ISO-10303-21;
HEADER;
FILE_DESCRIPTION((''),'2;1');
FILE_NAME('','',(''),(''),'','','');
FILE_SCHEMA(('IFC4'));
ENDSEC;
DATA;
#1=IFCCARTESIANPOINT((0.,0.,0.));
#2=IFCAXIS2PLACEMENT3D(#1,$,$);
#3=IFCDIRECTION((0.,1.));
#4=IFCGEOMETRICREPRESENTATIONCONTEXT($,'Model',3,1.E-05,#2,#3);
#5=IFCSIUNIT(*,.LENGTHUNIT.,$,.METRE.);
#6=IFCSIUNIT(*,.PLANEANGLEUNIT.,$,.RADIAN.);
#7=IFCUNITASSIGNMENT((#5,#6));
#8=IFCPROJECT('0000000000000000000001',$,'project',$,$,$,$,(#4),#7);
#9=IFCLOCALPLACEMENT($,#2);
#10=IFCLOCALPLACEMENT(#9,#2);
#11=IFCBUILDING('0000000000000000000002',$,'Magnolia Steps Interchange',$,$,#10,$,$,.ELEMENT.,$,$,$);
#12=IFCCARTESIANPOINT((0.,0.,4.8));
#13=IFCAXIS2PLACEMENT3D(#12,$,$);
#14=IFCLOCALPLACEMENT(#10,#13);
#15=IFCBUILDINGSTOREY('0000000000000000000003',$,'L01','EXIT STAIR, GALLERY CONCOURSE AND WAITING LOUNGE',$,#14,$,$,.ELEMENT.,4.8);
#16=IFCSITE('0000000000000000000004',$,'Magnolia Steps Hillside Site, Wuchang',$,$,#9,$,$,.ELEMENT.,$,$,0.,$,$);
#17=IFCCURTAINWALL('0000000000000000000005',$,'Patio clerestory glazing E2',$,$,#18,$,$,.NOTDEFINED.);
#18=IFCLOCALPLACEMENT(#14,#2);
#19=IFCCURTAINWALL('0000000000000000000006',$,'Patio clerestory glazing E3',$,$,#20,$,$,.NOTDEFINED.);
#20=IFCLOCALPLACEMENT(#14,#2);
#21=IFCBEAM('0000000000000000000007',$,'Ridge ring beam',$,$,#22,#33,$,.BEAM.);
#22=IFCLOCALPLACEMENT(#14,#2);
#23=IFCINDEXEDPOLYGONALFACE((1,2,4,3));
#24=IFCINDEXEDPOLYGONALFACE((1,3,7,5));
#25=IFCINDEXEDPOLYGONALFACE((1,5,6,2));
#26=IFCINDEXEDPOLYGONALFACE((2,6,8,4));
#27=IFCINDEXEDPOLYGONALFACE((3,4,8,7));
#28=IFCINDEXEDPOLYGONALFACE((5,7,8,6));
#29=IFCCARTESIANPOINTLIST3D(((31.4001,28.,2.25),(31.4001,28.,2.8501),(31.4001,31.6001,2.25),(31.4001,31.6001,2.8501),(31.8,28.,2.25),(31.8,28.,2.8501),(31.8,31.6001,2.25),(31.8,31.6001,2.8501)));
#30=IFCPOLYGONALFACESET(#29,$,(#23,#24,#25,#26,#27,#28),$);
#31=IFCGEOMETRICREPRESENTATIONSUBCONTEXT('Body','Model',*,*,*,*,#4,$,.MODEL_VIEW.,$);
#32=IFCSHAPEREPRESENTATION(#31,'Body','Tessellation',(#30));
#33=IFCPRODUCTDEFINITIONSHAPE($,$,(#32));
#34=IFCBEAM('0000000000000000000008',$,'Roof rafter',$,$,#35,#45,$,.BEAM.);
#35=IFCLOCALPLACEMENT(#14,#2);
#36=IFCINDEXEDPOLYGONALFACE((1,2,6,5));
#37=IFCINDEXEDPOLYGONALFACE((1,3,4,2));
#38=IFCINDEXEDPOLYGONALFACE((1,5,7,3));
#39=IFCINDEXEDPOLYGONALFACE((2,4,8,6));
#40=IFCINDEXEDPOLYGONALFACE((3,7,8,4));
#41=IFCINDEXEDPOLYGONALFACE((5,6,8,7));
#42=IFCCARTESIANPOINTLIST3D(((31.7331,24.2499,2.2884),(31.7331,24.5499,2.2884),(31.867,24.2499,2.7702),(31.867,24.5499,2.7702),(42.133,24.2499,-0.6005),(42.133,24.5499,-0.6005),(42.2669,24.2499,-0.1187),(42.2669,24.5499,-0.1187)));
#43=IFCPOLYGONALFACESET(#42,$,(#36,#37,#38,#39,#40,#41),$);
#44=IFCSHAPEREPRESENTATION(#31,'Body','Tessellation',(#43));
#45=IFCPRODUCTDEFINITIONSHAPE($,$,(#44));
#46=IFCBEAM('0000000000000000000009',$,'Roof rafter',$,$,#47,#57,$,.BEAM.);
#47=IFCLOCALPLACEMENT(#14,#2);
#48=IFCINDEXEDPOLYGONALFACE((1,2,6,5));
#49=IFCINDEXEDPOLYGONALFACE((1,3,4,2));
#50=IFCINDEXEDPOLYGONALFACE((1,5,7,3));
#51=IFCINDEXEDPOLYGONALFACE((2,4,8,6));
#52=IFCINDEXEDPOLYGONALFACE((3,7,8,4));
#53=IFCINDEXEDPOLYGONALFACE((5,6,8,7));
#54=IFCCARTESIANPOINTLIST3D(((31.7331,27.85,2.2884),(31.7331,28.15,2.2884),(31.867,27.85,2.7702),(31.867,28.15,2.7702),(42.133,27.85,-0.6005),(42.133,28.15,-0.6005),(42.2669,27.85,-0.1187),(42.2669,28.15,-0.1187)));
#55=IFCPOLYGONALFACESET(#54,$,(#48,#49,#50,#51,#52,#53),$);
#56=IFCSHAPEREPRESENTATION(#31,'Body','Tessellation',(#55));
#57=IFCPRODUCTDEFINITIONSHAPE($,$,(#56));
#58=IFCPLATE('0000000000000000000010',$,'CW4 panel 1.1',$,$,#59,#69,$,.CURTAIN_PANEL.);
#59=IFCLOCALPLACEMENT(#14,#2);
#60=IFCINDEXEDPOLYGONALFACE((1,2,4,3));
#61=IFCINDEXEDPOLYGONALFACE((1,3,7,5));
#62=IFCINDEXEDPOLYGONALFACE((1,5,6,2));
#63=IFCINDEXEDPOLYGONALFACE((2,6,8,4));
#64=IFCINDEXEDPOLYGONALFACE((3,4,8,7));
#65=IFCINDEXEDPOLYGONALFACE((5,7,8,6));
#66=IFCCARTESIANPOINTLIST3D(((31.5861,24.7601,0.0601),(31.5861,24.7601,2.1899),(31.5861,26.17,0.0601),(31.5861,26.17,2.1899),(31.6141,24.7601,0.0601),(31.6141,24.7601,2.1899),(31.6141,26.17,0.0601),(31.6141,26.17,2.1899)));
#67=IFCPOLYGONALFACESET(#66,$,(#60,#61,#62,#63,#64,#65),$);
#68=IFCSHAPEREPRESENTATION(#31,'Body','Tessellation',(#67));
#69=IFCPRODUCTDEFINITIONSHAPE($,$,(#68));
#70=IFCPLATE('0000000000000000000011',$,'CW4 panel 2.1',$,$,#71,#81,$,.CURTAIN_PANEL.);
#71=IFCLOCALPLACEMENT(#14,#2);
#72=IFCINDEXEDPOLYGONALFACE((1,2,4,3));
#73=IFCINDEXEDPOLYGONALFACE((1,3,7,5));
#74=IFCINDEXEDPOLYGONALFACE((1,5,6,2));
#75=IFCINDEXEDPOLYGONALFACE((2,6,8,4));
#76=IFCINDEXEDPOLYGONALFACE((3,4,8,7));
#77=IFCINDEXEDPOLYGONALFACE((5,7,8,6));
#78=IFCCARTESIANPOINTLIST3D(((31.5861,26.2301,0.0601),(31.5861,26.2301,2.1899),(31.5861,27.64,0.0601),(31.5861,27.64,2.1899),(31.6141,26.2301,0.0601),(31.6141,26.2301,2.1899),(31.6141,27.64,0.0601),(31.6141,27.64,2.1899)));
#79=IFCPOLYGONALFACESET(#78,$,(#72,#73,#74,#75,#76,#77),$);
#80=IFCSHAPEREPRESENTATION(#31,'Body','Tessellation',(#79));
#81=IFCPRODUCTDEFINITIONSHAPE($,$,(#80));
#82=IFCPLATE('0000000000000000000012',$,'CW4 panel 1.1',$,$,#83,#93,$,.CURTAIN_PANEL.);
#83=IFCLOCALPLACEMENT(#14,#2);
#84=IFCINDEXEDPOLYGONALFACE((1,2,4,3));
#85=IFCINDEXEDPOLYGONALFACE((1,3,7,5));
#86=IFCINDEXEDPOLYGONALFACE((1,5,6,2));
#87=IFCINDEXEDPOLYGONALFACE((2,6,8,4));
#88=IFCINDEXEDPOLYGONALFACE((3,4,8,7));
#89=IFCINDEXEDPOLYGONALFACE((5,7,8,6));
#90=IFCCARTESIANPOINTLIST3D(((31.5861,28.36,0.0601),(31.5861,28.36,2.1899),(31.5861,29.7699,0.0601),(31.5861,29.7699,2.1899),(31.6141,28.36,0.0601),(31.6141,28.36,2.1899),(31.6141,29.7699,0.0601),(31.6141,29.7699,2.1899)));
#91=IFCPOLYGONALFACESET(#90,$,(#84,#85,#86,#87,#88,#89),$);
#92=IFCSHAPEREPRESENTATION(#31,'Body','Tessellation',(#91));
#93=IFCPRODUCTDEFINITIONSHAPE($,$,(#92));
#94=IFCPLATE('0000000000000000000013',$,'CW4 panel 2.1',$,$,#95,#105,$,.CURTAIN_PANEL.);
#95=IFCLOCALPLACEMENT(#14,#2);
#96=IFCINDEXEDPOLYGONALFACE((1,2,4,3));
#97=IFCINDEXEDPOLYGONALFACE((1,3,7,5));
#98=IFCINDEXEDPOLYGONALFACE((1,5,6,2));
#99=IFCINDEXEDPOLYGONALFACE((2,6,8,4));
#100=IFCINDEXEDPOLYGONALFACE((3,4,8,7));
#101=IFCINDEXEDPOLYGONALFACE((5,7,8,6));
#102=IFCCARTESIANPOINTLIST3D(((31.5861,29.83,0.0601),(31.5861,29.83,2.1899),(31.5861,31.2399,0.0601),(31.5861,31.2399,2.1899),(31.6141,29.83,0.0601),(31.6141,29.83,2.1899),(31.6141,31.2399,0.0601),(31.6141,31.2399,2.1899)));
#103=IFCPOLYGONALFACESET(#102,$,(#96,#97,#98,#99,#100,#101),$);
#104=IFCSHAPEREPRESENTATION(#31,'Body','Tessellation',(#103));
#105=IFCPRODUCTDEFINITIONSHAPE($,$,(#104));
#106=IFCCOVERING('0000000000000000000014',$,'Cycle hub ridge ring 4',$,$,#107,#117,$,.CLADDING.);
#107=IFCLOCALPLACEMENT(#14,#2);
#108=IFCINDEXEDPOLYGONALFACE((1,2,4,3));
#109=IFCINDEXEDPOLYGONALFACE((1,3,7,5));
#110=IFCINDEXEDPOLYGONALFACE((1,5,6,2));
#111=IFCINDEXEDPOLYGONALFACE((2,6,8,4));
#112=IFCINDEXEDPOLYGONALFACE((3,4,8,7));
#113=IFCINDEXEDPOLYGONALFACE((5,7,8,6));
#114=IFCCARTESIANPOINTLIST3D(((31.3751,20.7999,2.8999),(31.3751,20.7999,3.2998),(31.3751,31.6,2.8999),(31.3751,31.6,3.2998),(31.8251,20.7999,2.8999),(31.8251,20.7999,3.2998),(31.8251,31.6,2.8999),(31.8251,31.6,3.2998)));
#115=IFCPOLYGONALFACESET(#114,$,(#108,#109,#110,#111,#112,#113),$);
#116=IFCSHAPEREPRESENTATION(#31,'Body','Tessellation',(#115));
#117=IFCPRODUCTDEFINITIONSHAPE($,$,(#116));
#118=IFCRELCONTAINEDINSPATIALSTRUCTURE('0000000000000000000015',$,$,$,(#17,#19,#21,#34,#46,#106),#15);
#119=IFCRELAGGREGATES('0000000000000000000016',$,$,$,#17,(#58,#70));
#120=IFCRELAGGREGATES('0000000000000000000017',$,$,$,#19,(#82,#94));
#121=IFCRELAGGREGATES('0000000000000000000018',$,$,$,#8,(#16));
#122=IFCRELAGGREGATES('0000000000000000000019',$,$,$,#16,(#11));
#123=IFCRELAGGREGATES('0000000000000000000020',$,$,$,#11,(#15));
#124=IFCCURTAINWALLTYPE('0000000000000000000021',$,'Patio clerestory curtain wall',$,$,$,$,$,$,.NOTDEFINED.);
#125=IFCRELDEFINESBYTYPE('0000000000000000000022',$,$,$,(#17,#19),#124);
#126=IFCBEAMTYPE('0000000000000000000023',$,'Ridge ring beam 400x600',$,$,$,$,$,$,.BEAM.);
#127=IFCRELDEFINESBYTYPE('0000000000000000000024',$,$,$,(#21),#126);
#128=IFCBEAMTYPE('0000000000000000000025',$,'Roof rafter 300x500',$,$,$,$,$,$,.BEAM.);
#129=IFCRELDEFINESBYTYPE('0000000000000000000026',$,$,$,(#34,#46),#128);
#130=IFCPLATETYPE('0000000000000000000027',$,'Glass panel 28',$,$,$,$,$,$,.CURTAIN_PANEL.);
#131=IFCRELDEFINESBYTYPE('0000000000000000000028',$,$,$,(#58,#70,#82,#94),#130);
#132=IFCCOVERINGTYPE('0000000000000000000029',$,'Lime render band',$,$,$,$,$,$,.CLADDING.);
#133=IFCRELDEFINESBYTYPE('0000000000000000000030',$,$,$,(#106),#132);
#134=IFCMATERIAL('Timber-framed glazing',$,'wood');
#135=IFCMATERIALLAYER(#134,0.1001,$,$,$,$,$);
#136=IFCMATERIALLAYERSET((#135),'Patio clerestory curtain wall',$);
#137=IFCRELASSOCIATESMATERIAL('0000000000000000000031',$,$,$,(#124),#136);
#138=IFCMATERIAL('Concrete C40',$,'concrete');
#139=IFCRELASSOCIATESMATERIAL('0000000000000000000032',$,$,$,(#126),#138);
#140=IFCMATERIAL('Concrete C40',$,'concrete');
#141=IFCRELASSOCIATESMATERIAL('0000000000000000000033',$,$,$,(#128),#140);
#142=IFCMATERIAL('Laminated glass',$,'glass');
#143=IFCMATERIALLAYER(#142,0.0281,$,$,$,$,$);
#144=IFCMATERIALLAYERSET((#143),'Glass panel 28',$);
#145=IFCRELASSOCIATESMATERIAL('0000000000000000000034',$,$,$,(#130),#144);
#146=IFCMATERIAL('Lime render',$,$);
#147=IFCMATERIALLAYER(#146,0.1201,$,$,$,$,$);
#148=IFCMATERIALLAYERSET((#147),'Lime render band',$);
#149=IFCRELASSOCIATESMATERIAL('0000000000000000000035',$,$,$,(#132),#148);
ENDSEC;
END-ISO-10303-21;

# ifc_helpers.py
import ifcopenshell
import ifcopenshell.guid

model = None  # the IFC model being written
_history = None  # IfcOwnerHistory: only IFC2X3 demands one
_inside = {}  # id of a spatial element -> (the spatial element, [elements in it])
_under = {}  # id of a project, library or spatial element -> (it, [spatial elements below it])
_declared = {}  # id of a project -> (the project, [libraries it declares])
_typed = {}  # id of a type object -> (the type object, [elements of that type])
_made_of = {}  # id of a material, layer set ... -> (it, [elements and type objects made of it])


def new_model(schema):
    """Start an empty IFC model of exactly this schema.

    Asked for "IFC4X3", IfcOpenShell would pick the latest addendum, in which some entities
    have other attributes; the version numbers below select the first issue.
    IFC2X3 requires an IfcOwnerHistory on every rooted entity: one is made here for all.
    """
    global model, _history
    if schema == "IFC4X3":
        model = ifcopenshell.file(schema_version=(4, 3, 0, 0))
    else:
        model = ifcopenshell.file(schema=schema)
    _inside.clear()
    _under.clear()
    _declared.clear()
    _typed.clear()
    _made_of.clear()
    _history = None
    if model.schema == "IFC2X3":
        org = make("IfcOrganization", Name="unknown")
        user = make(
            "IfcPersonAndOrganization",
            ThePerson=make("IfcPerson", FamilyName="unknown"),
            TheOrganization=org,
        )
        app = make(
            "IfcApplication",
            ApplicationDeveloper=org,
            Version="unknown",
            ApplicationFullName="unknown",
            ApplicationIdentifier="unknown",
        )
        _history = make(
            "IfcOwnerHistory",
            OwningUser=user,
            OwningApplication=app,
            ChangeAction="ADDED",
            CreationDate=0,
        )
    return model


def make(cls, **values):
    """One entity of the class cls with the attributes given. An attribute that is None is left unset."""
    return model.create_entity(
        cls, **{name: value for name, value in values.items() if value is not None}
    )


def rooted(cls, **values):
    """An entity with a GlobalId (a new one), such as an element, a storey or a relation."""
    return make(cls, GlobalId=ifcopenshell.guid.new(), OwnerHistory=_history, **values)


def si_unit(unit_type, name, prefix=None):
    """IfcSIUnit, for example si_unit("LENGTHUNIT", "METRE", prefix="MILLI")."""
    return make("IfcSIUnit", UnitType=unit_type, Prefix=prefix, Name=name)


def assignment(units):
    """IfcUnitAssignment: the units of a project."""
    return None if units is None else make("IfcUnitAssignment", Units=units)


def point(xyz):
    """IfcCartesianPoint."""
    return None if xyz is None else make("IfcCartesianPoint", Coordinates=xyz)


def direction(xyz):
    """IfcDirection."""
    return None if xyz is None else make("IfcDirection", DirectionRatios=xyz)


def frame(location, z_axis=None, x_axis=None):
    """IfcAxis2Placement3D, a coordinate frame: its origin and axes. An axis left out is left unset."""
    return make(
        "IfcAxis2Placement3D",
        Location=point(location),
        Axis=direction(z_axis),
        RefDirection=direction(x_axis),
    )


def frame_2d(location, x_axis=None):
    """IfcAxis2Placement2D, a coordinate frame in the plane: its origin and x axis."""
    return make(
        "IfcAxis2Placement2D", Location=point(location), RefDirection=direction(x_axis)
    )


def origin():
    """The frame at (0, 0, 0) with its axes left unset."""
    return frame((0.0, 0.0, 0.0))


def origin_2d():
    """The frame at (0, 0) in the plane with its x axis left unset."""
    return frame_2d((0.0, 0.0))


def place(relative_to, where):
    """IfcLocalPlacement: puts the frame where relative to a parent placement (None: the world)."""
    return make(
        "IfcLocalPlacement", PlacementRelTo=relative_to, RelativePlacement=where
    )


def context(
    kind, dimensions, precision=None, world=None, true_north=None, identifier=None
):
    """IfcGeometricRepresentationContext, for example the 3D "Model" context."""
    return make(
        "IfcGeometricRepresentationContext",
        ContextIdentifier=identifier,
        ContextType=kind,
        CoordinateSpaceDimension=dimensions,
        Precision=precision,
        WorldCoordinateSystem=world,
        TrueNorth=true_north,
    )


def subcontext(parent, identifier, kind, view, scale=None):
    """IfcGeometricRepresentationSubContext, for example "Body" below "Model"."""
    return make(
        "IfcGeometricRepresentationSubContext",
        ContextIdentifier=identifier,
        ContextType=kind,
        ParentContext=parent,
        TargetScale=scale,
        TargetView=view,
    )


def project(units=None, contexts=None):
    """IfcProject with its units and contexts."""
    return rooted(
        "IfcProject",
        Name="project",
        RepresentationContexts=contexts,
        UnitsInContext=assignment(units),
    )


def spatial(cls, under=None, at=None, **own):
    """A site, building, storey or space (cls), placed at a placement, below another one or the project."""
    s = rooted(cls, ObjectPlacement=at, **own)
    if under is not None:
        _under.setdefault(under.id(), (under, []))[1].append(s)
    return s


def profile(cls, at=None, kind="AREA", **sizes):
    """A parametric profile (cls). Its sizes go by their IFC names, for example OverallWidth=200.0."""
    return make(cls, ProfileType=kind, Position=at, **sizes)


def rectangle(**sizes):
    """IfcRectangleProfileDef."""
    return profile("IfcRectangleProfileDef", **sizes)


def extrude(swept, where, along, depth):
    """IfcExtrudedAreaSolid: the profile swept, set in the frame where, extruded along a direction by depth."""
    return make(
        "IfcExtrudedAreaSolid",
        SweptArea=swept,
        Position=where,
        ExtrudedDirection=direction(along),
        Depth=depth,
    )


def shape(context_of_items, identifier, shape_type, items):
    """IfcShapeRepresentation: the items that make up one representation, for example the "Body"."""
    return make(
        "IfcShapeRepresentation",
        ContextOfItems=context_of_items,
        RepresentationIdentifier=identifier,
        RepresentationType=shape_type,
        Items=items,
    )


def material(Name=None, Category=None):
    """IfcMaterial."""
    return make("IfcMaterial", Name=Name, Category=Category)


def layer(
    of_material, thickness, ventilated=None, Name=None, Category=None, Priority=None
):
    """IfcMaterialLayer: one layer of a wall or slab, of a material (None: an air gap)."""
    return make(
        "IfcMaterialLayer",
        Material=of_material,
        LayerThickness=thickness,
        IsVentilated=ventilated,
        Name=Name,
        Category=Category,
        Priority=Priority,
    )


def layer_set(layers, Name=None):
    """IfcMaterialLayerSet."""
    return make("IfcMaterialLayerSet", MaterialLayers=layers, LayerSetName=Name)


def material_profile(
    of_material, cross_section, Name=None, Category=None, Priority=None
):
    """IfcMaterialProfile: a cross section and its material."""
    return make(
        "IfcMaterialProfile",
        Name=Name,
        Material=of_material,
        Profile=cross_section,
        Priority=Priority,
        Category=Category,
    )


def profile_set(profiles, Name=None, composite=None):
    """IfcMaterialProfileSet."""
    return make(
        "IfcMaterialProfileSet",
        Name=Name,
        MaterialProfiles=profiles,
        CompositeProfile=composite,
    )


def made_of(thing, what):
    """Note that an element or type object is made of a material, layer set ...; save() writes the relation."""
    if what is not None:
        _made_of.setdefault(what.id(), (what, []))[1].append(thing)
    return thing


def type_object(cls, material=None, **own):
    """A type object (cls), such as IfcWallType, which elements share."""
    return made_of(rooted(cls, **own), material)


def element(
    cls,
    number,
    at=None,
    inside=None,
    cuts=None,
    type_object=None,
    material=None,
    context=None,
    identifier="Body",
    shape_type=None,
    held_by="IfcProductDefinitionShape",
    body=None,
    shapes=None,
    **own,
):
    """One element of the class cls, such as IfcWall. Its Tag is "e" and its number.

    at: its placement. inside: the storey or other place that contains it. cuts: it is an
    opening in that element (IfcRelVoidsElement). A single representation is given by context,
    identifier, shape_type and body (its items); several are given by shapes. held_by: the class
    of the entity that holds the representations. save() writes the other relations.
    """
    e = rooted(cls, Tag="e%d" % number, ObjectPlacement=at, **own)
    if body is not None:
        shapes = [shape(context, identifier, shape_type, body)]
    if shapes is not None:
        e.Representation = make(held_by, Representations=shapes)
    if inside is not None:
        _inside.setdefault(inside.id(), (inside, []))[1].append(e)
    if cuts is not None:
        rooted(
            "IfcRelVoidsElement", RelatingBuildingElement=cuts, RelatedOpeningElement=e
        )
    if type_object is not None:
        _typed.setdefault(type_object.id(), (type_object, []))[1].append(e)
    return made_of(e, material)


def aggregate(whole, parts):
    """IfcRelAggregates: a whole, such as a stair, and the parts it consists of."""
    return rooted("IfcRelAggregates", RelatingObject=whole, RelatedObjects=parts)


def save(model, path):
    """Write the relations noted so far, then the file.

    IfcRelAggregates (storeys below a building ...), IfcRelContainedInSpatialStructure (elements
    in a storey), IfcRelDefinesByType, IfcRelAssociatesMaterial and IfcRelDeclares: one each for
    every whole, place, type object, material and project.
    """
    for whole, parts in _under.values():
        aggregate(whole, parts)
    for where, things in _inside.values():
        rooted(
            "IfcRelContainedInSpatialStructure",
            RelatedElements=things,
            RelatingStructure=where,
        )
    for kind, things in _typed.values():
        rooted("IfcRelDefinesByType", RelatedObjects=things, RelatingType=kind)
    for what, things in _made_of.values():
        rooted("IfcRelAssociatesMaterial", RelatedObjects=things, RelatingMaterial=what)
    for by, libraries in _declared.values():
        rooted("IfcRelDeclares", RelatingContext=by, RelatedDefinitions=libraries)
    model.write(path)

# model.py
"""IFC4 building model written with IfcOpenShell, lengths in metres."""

from ifc_helpers import new_model, si_unit, direction, frame, origin, origin_2d, place, context, subcontext, project, spatial, rectangle, extrude, material, layer, layer_set, material_profile, profile_set, type_object, element, aggregate, save


model = new_model("IFC4")

# Units and contexts
model_context = context("Model", 3, precision=1e-05, world=origin(), true_north=direction((0.0, 1.0)))
body_context = subcontext(model_context, "Body", "Model", "MODEL_VIEW")
ifc_project = project(units=[si_unit("LENGTHUNIT", "METRE"), si_unit("PLANEANGLEUNIT", "RADIAN")], contexts=[model_context])

# Site, building, storey
site_placement = place(None, origin())
site = spatial("IfcSite", under=ifc_project, at=site_placement, Name="Magnolia Steps Hillside Site, Wuchang", CompositionType="ELEMENT", RefElevation=0.0)
building_placement = place(site_placement, origin())
building = spatial("IfcBuilding", under=site, at=building_placement, Name="Magnolia Steps Interchange", CompositionType="ELEMENT")
storey_placement = place(building_placement, frame((0.0, 0.0, 4.8)))
storey = spatial("IfcBuildingStorey", under=building, at=storey_placement, Name="L01", Description="EXIT STAIR, GALLERY CONCOURSE AND WAITING LOUNGE", CompositionType="ELEMENT", Elevation=4.8)

# Curtain walls
ifc_material_1 = material(Name="Timber-framed glazing", Category="wood")
ifc_layer_1 = layer(ifc_material_1, 0.1001)
ifc_layer_set_1 = layer_set([ifc_layer_1], Name="Patio clerestory curtain wall")
curtain_wall_type = type_object("IfcCurtainWallType", Name="Patio clerestory curtain wall", PredefinedType="NOTDEFINED", material=ifc_layer_set_1)
curtain_wall_1_placement = place(storey_placement, origin())
curtain_wall_1 = element("IfcCurtainWall", 1, at=curtain_wall_1_placement, inside=storey, type_object=curtain_wall_type, Name="Patio clerestory glazing E2", PredefinedType="NOTDEFINED")
curtain_wall_2_placement = place(storey_placement, origin())
curtain_wall_2 = element("IfcCurtainWall", 2, at=curtain_wall_2_placement, inside=storey, type_object=curtain_wall_type, Name="Patio clerestory glazing E3", PredefinedType="NOTDEFINED")

# Beams
ifc_material_2 = material(Name="Concrete C40", Category="concrete")
ifc_material_profile_1 = material_profile(ifc_material_2, rectangle(XDim=0.3999, YDim=0.6001, at=origin_2d()), Name="RC400x600")
ifc_profile_set_1 = profile_set([ifc_material_profile_1], Name="Concrete C40")
beam_type_1 = type_object("IfcBeamType", Name="Ridge ring beam 400x600", PredefinedType="BEAM", material=ifc_profile_set_1)
beam_placement = place(storey_placement, frame((31.6001, 28.0, 2.55), z_axis=(0.0, 1.0, 0.0), x_axis=(-1.0, 0.0, 0.0)))
element("IfcBeam", 3, at=beam_placement, inside=storey, type_object=beam_type_1, Name="Ridge ring beam", PredefinedType="BEAM", context=body_context, shape_type="SweptSolid", body=[
    extrude(rectangle(XDim=0.3999, YDim=0.6001, at=origin_2d()), origin(), (0.0, 0.0, 1.0), 3.6001),
])
ifc_material_3 = material(Name="Concrete C40", Category="concrete")
ifc_material_profile_2 = material_profile(ifc_material_3, rectangle(XDim=0.3, YDim=0.5, at=origin_2d()), Name="RC300x500")
ifc_profile_set_2 = profile_set([ifc_material_profile_2], Name="Concrete C40")
beam_type_2 = type_object("IfcBeamType", Name="Roof rafter 300x500", PredefinedType="BEAM", material=ifc_profile_set_2)
for number, where, z_axis, x_axis, name in (
    (4, (42.2, 24.3999, -0.3596), (-0.963517, 0.0, 0.267649), (0.0, -1.0, 0.0), "Roof rafter"),
    (5, (42.2, 28.0, -0.3596), (-0.963517, 0.0, 0.267649), (0.0, -1.0, 0.0), "Roof rafter"),
):
    element("IfcBeam", number, at=place(storey_placement, frame(where, z_axis=z_axis, x_axis=x_axis)), inside=storey, type_object=beam_type_2, Name=name, PredefinedType="BEAM", context=body_context, shape_type="SweptSolid", body=[
        extrude(rectangle(XDim=0.3, YDim=0.5, at=origin_2d()), origin(), (0.0, 0.0, 1.0), 10.7937),
    ])

# Plates
ifc_material_4 = material(Name="Laminated glass", Category="glass")
ifc_layer_2 = layer(ifc_material_4, 0.0281)
ifc_layer_set_2 = layer_set([ifc_layer_2], Name="Glass panel 28")
plate_type = type_object("IfcPlateType", Name="Glass panel 28", PredefinedType="CURTAIN_PANEL", material=ifc_layer_set_2)
plate_1_placement = place(storey_placement, frame((31.6001, 25.4651, 0.0601), z_axis=(0.0, 0.0, 1.0), x_axis=(0.0, 1.0, 0.0)))
plate_1 = element("IfcPlate", 6, at=plate_1_placement, type_object=plate_type, Name="CW4 panel 1.1", PredefinedType="CURTAIN_PANEL", context=body_context, shape_type="SweptSolid", body=[
    extrude(rectangle(XDim=1.4099, YDim=0.0281, at=origin_2d()), origin(), (0.0, 0.0, 1.0), 2.1299),
])
plate_2_placement = place(storey_placement, frame((31.6001, 26.9351, 0.0601), z_axis=(0.0, 0.0, 1.0), x_axis=(0.0, 1.0, 0.0)))
plate_2 = element("IfcPlate", 7, at=plate_2_placement, type_object=plate_type, Name="CW4 panel 2.1", PredefinedType="CURTAIN_PANEL", context=body_context, shape_type="SweptSolid", body=[
    extrude(rectangle(XDim=1.4099, YDim=0.0281, at=origin_2d()), origin(), (0.0, 0.0, 1.0), 2.1299),
])
aggregate(curtain_wall_1, [plate_1, plate_2])
plate_3_placement = place(storey_placement, frame((31.6001, 29.0649, 0.0601), z_axis=(0.0, 0.0, 1.0), x_axis=(0.0, 1.0, 0.0)))
plate_3 = element("IfcPlate", 8, at=plate_3_placement, type_object=plate_type, Name="CW4 panel 1.1", PredefinedType="CURTAIN_PANEL", context=body_context, shape_type="SweptSolid", body=[
    extrude(rectangle(XDim=1.4099, YDim=0.0281, at=origin_2d()), origin(), (0.0, 0.0, 1.0), 2.1299),
])
plate_4_placement = place(storey_placement, frame((31.6001, 30.5349, 0.0601), z_axis=(0.0, 0.0, 1.0), x_axis=(0.0, 1.0, 0.0)))
plate_4 = element("IfcPlate", 9, at=plate_4_placement, type_object=plate_type, Name="CW4 panel 2.1", PredefinedType="CURTAIN_PANEL", context=body_context, shape_type="SweptSolid", body=[
    extrude(rectangle(XDim=1.4099, YDim=0.0281, at=origin_2d()), origin(), (0.0, 0.0, 1.0), 2.1299),
])
aggregate(curtain_wall_2, [plate_3, plate_4])

# Covering
ifc_material_5 = material(Name="Lime render")
ifc_layer_3 = layer(ifc_material_5, 0.1201)
ifc_layer_set_3 = layer_set([ifc_layer_3], Name="Lime render band")
covering_type = type_object("IfcCoveringType", Name="Lime render band", PredefinedType="CLADDING", material=ifc_layer_set_3)
covering_placement = place(storey_placement, frame((31.6001, 26.2, 2.8999), z_axis=(0.0, 0.0, 1.0), x_axis=(0.0, 1.0, 0.0)))
element("IfcCovering", 10, at=covering_placement, inside=storey, type_object=covering_type, Name="Cycle hub ridge ring 4", PredefinedType="CLADDING", context=body_context, shape_type="SweptSolid", body=[
    extrude(rectangle(XDim=10.8, YDim=0.45, at=origin_2d()), origin(), (0.0, 0.0, 1.0), 0.3999),
])

save(model, "model.ifc")
